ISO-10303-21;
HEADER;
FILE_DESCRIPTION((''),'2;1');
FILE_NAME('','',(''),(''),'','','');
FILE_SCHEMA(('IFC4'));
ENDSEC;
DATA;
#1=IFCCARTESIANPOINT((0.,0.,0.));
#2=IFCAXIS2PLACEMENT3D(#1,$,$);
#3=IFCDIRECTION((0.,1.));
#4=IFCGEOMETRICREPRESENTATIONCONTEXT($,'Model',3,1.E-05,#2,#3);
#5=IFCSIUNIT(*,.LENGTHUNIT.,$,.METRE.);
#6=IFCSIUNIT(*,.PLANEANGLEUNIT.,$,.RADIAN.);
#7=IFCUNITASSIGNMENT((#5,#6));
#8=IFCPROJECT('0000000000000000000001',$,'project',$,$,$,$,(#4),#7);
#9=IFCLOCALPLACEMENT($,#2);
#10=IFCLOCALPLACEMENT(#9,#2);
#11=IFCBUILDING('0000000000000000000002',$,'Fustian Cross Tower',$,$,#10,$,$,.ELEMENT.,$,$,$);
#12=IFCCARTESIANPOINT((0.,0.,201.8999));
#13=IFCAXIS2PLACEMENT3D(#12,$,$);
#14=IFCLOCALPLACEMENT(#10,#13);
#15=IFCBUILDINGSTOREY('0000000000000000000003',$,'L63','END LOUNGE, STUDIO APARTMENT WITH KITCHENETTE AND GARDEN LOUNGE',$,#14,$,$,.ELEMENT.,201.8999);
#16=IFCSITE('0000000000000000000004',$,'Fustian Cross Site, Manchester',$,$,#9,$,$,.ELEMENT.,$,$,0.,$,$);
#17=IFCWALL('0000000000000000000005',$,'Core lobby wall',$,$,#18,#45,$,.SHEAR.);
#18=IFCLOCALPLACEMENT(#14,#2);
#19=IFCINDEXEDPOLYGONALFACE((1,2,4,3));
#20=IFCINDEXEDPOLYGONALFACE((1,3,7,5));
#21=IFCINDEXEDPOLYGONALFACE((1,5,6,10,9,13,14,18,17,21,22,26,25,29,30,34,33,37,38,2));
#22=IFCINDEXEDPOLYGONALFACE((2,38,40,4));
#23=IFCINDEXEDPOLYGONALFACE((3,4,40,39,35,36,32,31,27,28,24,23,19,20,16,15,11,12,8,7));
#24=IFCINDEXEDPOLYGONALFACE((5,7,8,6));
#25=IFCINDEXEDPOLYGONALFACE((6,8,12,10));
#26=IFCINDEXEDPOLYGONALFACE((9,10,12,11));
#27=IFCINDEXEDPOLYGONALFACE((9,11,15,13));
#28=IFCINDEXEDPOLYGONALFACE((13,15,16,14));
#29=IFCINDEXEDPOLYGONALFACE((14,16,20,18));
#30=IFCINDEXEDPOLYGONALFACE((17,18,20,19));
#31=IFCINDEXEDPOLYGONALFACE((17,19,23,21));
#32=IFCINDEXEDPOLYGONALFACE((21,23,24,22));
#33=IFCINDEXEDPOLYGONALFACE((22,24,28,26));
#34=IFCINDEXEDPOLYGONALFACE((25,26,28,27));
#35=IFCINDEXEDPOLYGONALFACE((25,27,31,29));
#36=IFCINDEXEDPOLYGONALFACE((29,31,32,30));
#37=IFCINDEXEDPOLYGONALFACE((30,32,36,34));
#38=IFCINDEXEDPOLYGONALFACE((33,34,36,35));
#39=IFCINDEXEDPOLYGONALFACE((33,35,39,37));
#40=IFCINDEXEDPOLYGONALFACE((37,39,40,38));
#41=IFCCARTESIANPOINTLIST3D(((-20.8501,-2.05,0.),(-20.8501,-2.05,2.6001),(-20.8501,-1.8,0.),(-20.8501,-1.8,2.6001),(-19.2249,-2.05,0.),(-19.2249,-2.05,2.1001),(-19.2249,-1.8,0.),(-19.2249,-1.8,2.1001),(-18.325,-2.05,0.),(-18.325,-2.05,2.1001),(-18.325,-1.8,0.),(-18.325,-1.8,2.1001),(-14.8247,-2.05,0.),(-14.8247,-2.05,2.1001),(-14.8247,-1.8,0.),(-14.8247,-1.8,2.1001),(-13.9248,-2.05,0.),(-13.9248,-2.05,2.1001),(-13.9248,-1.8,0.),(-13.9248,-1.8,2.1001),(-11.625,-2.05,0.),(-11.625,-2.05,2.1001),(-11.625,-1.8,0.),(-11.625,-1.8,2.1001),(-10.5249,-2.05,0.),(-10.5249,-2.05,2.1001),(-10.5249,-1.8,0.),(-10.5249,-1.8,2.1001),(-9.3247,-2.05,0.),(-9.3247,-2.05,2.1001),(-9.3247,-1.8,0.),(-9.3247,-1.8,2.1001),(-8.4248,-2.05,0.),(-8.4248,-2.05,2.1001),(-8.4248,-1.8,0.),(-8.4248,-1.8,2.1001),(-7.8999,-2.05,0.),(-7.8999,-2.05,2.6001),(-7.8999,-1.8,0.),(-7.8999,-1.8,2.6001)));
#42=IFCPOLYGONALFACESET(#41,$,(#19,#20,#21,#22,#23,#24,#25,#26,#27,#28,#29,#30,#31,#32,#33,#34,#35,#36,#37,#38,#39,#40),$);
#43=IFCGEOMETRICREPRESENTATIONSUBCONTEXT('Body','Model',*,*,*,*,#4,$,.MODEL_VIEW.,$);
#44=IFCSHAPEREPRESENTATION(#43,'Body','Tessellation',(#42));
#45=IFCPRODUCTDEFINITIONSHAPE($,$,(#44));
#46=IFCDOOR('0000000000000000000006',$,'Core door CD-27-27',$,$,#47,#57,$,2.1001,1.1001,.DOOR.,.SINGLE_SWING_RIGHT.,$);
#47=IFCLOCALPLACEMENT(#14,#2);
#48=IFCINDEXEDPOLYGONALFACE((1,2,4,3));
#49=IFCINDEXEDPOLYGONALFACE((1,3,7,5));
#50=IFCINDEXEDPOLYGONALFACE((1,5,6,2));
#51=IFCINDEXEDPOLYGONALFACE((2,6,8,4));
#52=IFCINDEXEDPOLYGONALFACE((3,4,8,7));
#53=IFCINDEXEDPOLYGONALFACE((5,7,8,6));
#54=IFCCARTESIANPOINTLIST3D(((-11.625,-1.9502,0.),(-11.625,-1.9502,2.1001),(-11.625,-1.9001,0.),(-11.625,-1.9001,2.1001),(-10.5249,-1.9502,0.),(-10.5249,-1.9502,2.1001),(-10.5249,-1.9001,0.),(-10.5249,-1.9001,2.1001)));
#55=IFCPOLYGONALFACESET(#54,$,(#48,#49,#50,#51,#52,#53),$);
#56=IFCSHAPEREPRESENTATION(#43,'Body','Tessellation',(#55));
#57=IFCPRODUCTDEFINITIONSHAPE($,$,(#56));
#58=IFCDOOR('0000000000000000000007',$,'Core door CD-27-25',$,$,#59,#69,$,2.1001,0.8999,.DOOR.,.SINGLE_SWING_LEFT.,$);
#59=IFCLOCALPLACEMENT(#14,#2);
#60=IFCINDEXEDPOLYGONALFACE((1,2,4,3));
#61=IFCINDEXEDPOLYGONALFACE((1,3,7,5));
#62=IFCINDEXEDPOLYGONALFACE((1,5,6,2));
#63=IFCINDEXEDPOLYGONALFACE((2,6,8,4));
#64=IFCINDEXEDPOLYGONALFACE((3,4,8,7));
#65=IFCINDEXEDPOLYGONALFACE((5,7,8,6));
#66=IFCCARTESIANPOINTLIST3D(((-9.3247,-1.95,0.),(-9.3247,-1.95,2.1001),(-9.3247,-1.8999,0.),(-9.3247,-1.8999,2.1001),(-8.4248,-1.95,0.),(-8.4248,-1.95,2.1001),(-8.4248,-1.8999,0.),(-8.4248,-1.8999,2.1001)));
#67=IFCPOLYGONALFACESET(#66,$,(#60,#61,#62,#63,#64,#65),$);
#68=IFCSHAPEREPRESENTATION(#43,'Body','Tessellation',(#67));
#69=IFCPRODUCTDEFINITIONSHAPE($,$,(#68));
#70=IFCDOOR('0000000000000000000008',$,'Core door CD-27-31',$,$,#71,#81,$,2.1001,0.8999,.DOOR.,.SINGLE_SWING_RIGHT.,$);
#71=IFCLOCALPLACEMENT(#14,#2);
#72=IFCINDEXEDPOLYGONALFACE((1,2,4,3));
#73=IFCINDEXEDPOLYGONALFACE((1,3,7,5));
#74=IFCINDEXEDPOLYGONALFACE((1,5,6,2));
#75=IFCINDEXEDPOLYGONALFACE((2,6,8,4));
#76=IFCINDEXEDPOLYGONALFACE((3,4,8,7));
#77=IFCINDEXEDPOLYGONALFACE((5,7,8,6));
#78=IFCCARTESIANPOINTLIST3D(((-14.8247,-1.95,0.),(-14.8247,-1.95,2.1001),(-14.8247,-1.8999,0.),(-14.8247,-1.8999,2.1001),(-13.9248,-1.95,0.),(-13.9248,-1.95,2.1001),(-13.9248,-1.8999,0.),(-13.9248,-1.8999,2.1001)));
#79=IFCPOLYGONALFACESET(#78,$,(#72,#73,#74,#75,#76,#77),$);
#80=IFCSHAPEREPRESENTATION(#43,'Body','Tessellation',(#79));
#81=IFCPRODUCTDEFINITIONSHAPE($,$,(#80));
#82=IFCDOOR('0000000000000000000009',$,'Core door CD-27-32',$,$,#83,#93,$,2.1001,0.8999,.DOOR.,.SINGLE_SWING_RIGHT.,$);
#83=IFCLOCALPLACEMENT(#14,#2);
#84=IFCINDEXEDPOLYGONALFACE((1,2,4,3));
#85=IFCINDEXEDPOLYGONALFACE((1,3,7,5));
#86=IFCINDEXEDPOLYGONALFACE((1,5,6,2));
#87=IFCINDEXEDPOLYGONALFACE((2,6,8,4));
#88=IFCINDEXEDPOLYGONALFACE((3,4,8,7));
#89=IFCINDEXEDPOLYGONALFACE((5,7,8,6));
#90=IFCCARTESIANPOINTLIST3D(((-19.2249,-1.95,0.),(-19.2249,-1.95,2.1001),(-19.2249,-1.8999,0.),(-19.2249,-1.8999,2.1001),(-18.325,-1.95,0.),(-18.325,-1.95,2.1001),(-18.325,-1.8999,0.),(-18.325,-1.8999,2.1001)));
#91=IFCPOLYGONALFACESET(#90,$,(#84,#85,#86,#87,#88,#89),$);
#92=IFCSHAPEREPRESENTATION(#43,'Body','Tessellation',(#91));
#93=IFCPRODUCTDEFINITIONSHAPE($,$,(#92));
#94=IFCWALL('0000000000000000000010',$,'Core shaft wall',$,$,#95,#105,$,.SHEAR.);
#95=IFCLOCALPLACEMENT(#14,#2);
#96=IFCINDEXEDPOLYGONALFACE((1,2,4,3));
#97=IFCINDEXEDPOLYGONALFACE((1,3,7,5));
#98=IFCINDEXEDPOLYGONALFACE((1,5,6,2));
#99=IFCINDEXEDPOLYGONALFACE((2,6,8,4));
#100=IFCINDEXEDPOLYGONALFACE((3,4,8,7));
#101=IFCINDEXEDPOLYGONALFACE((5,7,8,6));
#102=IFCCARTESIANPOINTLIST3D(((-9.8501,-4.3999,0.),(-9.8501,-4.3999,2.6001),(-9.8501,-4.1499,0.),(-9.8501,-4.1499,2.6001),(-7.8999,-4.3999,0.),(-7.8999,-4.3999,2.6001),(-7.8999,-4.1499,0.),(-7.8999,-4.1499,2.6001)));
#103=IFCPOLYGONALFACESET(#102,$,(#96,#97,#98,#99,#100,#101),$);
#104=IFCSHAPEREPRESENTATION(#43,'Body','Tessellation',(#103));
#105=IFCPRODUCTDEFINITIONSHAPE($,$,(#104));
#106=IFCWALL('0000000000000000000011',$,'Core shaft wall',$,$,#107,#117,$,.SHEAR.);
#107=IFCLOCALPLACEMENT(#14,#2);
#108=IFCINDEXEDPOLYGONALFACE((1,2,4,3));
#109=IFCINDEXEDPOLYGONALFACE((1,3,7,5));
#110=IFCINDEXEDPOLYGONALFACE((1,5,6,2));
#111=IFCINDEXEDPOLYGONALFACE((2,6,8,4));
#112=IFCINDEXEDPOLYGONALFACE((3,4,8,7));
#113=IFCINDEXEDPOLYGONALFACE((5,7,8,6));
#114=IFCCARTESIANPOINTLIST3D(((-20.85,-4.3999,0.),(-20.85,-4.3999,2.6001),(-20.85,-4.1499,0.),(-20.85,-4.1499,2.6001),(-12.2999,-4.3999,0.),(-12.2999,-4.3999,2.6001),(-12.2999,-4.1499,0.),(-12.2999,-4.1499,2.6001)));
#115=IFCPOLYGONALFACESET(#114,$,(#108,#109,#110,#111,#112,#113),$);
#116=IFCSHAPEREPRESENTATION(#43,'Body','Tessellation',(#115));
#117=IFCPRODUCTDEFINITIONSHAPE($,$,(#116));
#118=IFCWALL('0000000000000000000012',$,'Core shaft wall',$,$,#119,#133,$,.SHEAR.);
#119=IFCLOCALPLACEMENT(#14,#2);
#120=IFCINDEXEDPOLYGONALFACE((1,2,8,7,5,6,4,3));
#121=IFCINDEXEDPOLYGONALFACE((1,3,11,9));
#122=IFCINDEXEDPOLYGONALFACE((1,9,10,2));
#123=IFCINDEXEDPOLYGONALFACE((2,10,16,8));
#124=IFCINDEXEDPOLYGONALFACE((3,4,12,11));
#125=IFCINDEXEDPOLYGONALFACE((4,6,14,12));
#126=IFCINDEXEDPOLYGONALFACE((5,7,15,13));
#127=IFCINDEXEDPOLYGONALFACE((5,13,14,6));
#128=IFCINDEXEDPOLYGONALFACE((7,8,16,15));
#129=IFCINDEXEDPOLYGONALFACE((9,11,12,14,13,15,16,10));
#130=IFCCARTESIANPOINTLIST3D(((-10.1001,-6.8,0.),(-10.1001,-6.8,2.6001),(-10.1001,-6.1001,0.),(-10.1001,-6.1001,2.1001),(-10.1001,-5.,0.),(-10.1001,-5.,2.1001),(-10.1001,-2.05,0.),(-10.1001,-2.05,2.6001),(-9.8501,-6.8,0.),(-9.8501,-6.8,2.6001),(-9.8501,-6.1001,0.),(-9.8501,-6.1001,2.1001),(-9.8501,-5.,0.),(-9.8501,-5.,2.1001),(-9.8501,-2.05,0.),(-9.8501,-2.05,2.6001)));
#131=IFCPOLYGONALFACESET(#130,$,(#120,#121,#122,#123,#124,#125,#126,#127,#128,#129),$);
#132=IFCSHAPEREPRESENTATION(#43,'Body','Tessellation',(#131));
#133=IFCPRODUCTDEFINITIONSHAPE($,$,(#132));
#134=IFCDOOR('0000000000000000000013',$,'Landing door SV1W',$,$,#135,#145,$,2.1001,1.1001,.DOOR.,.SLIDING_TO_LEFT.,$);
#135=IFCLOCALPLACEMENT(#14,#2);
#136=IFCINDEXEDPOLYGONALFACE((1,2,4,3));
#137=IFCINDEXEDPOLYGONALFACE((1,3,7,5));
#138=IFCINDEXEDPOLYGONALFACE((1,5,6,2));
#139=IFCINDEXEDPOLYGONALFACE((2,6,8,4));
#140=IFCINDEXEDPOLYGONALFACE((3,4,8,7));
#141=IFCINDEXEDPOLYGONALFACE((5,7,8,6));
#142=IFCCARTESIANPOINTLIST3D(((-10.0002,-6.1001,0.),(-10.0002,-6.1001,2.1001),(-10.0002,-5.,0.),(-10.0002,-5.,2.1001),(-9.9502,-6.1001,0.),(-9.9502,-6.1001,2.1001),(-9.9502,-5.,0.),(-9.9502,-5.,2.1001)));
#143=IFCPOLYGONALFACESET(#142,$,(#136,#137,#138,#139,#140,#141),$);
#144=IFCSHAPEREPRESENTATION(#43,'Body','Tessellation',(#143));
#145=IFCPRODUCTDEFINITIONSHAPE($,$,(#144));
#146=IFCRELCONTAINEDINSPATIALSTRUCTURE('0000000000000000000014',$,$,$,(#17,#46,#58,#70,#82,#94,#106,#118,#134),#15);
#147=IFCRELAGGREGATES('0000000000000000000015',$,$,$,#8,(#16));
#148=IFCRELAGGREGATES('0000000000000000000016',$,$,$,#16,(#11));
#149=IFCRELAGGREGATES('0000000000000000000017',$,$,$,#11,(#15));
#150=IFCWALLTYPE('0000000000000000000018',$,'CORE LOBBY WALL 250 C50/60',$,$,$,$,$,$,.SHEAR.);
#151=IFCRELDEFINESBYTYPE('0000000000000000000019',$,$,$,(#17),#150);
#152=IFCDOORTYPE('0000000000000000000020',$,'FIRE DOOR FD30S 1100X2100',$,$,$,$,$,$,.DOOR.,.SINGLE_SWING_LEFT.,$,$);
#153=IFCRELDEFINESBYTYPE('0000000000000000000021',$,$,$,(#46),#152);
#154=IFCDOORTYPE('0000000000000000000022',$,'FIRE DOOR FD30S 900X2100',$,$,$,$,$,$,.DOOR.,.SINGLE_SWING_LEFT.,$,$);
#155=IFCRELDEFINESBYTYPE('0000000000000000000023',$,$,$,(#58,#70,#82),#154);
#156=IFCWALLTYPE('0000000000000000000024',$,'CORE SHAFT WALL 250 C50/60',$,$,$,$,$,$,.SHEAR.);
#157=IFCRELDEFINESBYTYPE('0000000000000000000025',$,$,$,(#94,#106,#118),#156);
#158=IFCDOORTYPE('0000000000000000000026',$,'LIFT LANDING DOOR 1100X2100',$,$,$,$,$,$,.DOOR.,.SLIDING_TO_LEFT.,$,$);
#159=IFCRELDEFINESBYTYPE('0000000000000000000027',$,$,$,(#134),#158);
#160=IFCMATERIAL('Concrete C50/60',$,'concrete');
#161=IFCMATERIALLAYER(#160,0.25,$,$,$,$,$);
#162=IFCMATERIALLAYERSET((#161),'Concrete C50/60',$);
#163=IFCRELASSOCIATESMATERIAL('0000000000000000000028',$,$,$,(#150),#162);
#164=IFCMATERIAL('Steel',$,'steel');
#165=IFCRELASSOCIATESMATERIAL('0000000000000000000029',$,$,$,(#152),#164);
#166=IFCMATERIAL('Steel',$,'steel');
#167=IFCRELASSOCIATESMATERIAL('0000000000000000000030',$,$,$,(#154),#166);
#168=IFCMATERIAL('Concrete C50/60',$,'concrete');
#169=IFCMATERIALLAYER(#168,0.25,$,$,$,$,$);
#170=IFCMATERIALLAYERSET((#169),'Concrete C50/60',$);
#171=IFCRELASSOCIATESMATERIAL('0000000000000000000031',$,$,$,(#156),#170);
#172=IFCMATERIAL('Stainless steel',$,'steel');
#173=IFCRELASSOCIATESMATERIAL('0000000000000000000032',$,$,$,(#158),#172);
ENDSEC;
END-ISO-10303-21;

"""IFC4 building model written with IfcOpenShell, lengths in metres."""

from ifc_helpers import new_model, si_unit, direction, frame, frame_2d, origin, place, context, subcontext, project, spatial, rectangle, extrude, material, layer, layer_set, type_object, element, fill, save


model = new_model("IFC4")

# Units and contexts
model_context = context("Model", 3, precision=1e-05, world=origin(), true_north=direction((0.0, 1.0)))
body_context = subcontext(model_context, "Body", "Model", "MODEL_VIEW")
ifc_project = project(units=[si_unit("LENGTHUNIT", "METRE"), si_unit("PLANEANGLEUNIT", "RADIAN")], contexts=[model_context])

# Site, building, storey
site_placement = place(None, origin())
site = spatial("IfcSite", under=ifc_project, at=site_placement, Name="Fustian Cross Site, Manchester", CompositionType="ELEMENT", RefElevation=0.0)
building_placement = place(site_placement, origin())
building = spatial("IfcBuilding", under=site, at=building_placement, Name="Fustian Cross Tower", CompositionType="ELEMENT")
storey_placement = place(building_placement, frame((0.0, 0.0, 201.8999)))
storey = spatial("IfcBuildingStorey", under=building, at=storey_placement, Name="L63", Description="END LOUNGE, STUDIO APARTMENT WITH KITCHENETTE AND GARDEN LOUNGE", CompositionType="ELEMENT", Elevation=201.8999)

# Wall, openings, doors
ifc_material_1 = material(Name="Concrete C50/60", Category="concrete")
ifc_layer_1 = layer(ifc_material_1, 0.25)
ifc_layer_set_1 = layer_set([ifc_layer_1], Name="Concrete C50/60")
wall_type_1 = type_object("IfcWallType", Name="CORE LOBBY WALL 250 C50/60", PredefinedType="SHEAR", material=ifc_layer_set_1)
wall_1_placement = place(storey_placement, frame((-7.8999, -1.925, 0.0), z_axis=(0.0, 0.0, 1.0), x_axis=(-1.0, 0.0, 0.0)))
wall_1 = element("IfcWall", 1, at=wall_1_placement, inside=storey, type_object=wall_type_1, Name="Core lobby wall", PredefinedType="SHEAR", context=body_context, shape_type="SweptSolid", body=[
    extrude(rectangle(XDim=12.9502, YDim=0.25, at=frame_2d((6.4751, 0.0))), origin(), (0.0, 0.0, 1.0), 2.6001),
])
opening_1_placement = place(wall_1_placement, frame((0.5249, 0.0, 0.0)))
opening_1 = element("IfcOpeningElement", 2, at=opening_1_placement, cuts=wall_1, PredefinedType="OPENING", context=body_context, shape_type="SweptSolid", body=[
    extrude(rectangle(XDim=0.8999, YDim=2.1001, at=frame_2d((0.45, 1.05))), frame((0.0, 0.135, 0.0), z_axis=(0.0, -1.0, 0.0), x_axis=(1.0, 0.0, 0.0)), (0.0, 0.0, 1.0), 0.27),
])
opening_2_placement = place(wall_1_placement, frame((2.625, 0.0, 0.0)))
opening_2 = element("IfcOpeningElement", 3, at=opening_2_placement, cuts=wall_1, PredefinedType="OPENING", context=body_context, shape_type="SweptSolid", body=[
    extrude(rectangle(XDim=1.1001, YDim=2.1001, at=frame_2d((0.55, 1.05))), frame((0.0, 0.135, 0.0), z_axis=(0.0, -1.0, 0.0), x_axis=(1.0, 0.0, 0.0)), (0.0, 0.0, 1.0), 0.27),
])
opening_3_placement = place(wall_1_placement, frame((6.0249, 0.0, 0.0)))
opening_3 = element("IfcOpeningElement", 4, at=opening_3_placement, cuts=wall_1, PredefinedType="OPENING", context=body_context, shape_type="SweptSolid", body=[
    extrude(rectangle(XDim=0.8999, YDim=2.1001, at=frame_2d((0.45, 1.05))), frame((0.0, 0.135, 0.0), z_axis=(0.0, -1.0, 0.0), x_axis=(1.0, 0.0, 0.0)), (0.0, 0.0, 1.0), 0.27),
])
opening_4_placement = place(wall_1_placement, frame((10.425, 0.0, 0.0)))
opening_4 = element("IfcOpeningElement", 5, at=opening_4_placement, cuts=wall_1, PredefinedType="OPENING", context=body_context, shape_type="SweptSolid", body=[
    extrude(rectangle(XDim=0.8999, YDim=2.1001, at=frame_2d((0.45, 1.05))), frame((0.0, 0.135, 0.0), z_axis=(0.0, -1.0, 0.0), x_axis=(1.0, 0.0, 0.0)), (0.0, 0.0, 1.0), 0.27),
])
ifc_material_2 = material(Name="Steel", Category="steel")
door_type_1 = type_object("IfcDoorType", Name="FIRE DOOR FD30S 1100X2100", OperationType="SINGLE_SWING_LEFT", PredefinedType="DOOR", material=ifc_material_2)
door_1_placement = place(opening_2_placement, frame((1.1001, 0.0, 0.0), z_axis=(0.0, 0.0, 1.0), x_axis=(-1.0, 0.0, 0.0)))
door_1 = element("IfcDoor", 6, at=door_1_placement, inside=storey, type_object=door_type_1, Name="Core door CD-27-27", OperationType="SINGLE_SWING_RIGHT", OverallHeight=2.1001, OverallWidth=1.1001, PredefinedType="DOOR", context=body_context, shape_type="SweptSolid", body=[
    extrude(rectangle(XDim=1.1001, YDim=2.1001, at=frame_2d((0.55, 1.05))), frame((0.0, 0.0249, 0.0), z_axis=(0.0, -1.0, 0.0), x_axis=(1.0, 0.0, 0.0)), (0.0, 0.0, 1.0), 0.05),
])
fill(opening_2, door_1)
ifc_material_3 = material(Name="Steel", Category="steel")
door_type_2 = type_object("IfcDoorType", Name="FIRE DOOR FD30S 900X2100", OperationType="SINGLE_SWING_LEFT", PredefinedType="DOOR", material=ifc_material_3)
door_2_placement = place(opening_1_placement, origin())
door_2 = element("IfcDoor", 7, at=door_2_placement, inside=storey, type_object=door_type_2, Name="Core door CD-27-25", OperationType="SINGLE_SWING_LEFT", OverallHeight=2.1001, OverallWidth=0.8999, PredefinedType="DOOR", context=body_context, shape_type="SweptSolid", body=[
    extrude(rectangle(XDim=0.8999, YDim=2.1001, at=frame_2d((0.45, 1.05))), frame((0.0, 0.0249, 0.0), z_axis=(0.0, -1.0, 0.0), x_axis=(1.0, 0.0, 0.0)), (0.0, 0.0, 1.0), 0.05),
])
fill(opening_1, door_2)
door_3_placement = place(opening_3_placement, origin())
door_3 = element("IfcDoor", 8, at=door_3_placement, inside=storey, type_object=door_type_2, Name="Core door CD-27-31", OperationType="SINGLE_SWING_RIGHT", OverallHeight=2.1001, OverallWidth=0.8999, PredefinedType="DOOR", context=body_context, shape_type="SweptSolid", body=[
    extrude(rectangle(XDim=0.8999, YDim=2.1001, at=frame_2d((0.45, 1.05))), frame((0.0, 0.0249, 0.0), z_axis=(0.0, -1.0, 0.0), x_axis=(1.0, 0.0, 0.0)), (0.0, 0.0, 1.0), 0.05),
])
fill(opening_3, door_3)
door_4_placement = place(opening_4_placement, origin())
door_4 = element("IfcDoor", 9, at=door_4_placement, inside=storey, type_object=door_type_2, Name="Core door CD-27-32", OperationType="SINGLE_SWING_RIGHT", OverallHeight=2.1001, OverallWidth=0.8999, PredefinedType="DOOR", context=body_context, shape_type="SweptSolid", body=[
    extrude(rectangle(XDim=0.8999, YDim=2.1001, at=frame_2d((0.45, 1.05))), frame((0.0, 0.0249, 0.0), z_axis=(0.0, -1.0, 0.0), x_axis=(1.0, 0.0, 0.0)), (0.0, 0.0, 1.0), 0.05),
])
fill(opening_4, door_4)

# Walls
ifc_material_4 = material(Name="Concrete C50/60", Category="concrete")
ifc_layer_2 = layer(ifc_material_4, 0.25)
ifc_layer_set_2 = layer_set([ifc_layer_2], Name="Concrete C50/60")
wall_type_2 = type_object("IfcWallType", Name="CORE SHAFT WALL 250 C50/60", PredefinedType="SHEAR", material=ifc_layer_set_2)
wall_2_placement = place(storey_placement, frame((-7.8999, -4.2749, 0.0), z_axis=(0.0, 0.0, 1.0), x_axis=(-1.0, 0.0, 0.0)))
element("IfcWall", 10, at=wall_2_placement, inside=storey, type_object=wall_type_2, Name="Core shaft wall", PredefinedType="SHEAR", context=body_context, shape_type="SweptSolid", body=[
    extrude(rectangle(XDim=1.9502, YDim=0.25, at=frame_2d((0.9751, 0.0))), origin(), (0.0, 0.0, 1.0), 2.6001),
])
wall_3_placement = place(storey_placement, frame((-12.3, -4.2749, 0.0), z_axis=(0.0, 0.0, 1.0), x_axis=(-1.0, 0.0, 0.0)))
element("IfcWall", 11, at=wall_3_placement, inside=storey, type_object=wall_type_2, Name="Core shaft wall", PredefinedType="SHEAR", context=body_context, shape_type="SweptSolid", body=[
    extrude(rectangle(XDim=8.55, YDim=0.25, at=frame_2d((4.2749, 0.0))), origin(), (0.0, 0.0, 1.0), 2.6001),
])

# Wall, opening, door
wall_4_placement = place(storey_placement, frame((-9.9751, -2.05, 0.0), z_axis=(0.0, 0.0, 1.0), x_axis=(0.0, -1.0, 0.0)))
wall_4 = element("IfcWall", 12, at=wall_4_placement, inside=storey, type_object=wall_type_2, Name="Core shaft wall", PredefinedType="SHEAR", context=body_context, shape_type="SweptSolid", body=[
    extrude(rectangle(XDim=4.75, YDim=0.25, at=frame_2d((2.375, 0.0))), origin(), (0.0, 0.0, 1.0), 2.6001),
])
opening_5_placement = place(wall_4_placement, frame((2.95, 0.0, 0.0)))
opening_5 = element("IfcOpeningElement", 13, at=opening_5_placement, cuts=wall_4, PredefinedType="OPENING", context=body_context, shape_type="SweptSolid", body=[
    extrude(rectangle(XDim=1.1001, YDim=2.1001, at=frame_2d((0.55, 1.05))), frame((0.0, 0.135, 0.0), z_axis=(0.0, -1.0, 0.0), x_axis=(1.0, 0.0, 0.0)), (0.0, 0.0, 1.0), 0.27),
])
ifc_material_5 = material(Name="Stainless steel", Category="steel")
door_type_3 = type_object("IfcDoorType", Name="LIFT LANDING DOOR 1100X2100", OperationType="SLIDING_TO_LEFT", PredefinedType="DOOR", material=ifc_material_5)
door_5_placement = place(opening_5_placement, origin())
door_5 = element("IfcDoor", 14, at=door_5_placement, inside=storey, type_object=door_type_3, Name="Landing door SV1W", OperationType="SLIDING_TO_LEFT", OverallHeight=2.1001, OverallWidth=1.1001, PredefinedType="DOOR", context=body_context, shape_type="SweptSolid", body=[
    extrude(rectangle(XDim=1.1001, YDim=2.1001, at=frame_2d((0.55, 1.05))), frame((0.0, 0.0249, 0.0), z_axis=(0.0, -1.0, 0.0), x_axis=(1.0, 0.0, 0.0)), (0.0, 0.0, 1.0), 0.05),
])
fill(opening_5, door_5)

save(model, "model.ifc")
